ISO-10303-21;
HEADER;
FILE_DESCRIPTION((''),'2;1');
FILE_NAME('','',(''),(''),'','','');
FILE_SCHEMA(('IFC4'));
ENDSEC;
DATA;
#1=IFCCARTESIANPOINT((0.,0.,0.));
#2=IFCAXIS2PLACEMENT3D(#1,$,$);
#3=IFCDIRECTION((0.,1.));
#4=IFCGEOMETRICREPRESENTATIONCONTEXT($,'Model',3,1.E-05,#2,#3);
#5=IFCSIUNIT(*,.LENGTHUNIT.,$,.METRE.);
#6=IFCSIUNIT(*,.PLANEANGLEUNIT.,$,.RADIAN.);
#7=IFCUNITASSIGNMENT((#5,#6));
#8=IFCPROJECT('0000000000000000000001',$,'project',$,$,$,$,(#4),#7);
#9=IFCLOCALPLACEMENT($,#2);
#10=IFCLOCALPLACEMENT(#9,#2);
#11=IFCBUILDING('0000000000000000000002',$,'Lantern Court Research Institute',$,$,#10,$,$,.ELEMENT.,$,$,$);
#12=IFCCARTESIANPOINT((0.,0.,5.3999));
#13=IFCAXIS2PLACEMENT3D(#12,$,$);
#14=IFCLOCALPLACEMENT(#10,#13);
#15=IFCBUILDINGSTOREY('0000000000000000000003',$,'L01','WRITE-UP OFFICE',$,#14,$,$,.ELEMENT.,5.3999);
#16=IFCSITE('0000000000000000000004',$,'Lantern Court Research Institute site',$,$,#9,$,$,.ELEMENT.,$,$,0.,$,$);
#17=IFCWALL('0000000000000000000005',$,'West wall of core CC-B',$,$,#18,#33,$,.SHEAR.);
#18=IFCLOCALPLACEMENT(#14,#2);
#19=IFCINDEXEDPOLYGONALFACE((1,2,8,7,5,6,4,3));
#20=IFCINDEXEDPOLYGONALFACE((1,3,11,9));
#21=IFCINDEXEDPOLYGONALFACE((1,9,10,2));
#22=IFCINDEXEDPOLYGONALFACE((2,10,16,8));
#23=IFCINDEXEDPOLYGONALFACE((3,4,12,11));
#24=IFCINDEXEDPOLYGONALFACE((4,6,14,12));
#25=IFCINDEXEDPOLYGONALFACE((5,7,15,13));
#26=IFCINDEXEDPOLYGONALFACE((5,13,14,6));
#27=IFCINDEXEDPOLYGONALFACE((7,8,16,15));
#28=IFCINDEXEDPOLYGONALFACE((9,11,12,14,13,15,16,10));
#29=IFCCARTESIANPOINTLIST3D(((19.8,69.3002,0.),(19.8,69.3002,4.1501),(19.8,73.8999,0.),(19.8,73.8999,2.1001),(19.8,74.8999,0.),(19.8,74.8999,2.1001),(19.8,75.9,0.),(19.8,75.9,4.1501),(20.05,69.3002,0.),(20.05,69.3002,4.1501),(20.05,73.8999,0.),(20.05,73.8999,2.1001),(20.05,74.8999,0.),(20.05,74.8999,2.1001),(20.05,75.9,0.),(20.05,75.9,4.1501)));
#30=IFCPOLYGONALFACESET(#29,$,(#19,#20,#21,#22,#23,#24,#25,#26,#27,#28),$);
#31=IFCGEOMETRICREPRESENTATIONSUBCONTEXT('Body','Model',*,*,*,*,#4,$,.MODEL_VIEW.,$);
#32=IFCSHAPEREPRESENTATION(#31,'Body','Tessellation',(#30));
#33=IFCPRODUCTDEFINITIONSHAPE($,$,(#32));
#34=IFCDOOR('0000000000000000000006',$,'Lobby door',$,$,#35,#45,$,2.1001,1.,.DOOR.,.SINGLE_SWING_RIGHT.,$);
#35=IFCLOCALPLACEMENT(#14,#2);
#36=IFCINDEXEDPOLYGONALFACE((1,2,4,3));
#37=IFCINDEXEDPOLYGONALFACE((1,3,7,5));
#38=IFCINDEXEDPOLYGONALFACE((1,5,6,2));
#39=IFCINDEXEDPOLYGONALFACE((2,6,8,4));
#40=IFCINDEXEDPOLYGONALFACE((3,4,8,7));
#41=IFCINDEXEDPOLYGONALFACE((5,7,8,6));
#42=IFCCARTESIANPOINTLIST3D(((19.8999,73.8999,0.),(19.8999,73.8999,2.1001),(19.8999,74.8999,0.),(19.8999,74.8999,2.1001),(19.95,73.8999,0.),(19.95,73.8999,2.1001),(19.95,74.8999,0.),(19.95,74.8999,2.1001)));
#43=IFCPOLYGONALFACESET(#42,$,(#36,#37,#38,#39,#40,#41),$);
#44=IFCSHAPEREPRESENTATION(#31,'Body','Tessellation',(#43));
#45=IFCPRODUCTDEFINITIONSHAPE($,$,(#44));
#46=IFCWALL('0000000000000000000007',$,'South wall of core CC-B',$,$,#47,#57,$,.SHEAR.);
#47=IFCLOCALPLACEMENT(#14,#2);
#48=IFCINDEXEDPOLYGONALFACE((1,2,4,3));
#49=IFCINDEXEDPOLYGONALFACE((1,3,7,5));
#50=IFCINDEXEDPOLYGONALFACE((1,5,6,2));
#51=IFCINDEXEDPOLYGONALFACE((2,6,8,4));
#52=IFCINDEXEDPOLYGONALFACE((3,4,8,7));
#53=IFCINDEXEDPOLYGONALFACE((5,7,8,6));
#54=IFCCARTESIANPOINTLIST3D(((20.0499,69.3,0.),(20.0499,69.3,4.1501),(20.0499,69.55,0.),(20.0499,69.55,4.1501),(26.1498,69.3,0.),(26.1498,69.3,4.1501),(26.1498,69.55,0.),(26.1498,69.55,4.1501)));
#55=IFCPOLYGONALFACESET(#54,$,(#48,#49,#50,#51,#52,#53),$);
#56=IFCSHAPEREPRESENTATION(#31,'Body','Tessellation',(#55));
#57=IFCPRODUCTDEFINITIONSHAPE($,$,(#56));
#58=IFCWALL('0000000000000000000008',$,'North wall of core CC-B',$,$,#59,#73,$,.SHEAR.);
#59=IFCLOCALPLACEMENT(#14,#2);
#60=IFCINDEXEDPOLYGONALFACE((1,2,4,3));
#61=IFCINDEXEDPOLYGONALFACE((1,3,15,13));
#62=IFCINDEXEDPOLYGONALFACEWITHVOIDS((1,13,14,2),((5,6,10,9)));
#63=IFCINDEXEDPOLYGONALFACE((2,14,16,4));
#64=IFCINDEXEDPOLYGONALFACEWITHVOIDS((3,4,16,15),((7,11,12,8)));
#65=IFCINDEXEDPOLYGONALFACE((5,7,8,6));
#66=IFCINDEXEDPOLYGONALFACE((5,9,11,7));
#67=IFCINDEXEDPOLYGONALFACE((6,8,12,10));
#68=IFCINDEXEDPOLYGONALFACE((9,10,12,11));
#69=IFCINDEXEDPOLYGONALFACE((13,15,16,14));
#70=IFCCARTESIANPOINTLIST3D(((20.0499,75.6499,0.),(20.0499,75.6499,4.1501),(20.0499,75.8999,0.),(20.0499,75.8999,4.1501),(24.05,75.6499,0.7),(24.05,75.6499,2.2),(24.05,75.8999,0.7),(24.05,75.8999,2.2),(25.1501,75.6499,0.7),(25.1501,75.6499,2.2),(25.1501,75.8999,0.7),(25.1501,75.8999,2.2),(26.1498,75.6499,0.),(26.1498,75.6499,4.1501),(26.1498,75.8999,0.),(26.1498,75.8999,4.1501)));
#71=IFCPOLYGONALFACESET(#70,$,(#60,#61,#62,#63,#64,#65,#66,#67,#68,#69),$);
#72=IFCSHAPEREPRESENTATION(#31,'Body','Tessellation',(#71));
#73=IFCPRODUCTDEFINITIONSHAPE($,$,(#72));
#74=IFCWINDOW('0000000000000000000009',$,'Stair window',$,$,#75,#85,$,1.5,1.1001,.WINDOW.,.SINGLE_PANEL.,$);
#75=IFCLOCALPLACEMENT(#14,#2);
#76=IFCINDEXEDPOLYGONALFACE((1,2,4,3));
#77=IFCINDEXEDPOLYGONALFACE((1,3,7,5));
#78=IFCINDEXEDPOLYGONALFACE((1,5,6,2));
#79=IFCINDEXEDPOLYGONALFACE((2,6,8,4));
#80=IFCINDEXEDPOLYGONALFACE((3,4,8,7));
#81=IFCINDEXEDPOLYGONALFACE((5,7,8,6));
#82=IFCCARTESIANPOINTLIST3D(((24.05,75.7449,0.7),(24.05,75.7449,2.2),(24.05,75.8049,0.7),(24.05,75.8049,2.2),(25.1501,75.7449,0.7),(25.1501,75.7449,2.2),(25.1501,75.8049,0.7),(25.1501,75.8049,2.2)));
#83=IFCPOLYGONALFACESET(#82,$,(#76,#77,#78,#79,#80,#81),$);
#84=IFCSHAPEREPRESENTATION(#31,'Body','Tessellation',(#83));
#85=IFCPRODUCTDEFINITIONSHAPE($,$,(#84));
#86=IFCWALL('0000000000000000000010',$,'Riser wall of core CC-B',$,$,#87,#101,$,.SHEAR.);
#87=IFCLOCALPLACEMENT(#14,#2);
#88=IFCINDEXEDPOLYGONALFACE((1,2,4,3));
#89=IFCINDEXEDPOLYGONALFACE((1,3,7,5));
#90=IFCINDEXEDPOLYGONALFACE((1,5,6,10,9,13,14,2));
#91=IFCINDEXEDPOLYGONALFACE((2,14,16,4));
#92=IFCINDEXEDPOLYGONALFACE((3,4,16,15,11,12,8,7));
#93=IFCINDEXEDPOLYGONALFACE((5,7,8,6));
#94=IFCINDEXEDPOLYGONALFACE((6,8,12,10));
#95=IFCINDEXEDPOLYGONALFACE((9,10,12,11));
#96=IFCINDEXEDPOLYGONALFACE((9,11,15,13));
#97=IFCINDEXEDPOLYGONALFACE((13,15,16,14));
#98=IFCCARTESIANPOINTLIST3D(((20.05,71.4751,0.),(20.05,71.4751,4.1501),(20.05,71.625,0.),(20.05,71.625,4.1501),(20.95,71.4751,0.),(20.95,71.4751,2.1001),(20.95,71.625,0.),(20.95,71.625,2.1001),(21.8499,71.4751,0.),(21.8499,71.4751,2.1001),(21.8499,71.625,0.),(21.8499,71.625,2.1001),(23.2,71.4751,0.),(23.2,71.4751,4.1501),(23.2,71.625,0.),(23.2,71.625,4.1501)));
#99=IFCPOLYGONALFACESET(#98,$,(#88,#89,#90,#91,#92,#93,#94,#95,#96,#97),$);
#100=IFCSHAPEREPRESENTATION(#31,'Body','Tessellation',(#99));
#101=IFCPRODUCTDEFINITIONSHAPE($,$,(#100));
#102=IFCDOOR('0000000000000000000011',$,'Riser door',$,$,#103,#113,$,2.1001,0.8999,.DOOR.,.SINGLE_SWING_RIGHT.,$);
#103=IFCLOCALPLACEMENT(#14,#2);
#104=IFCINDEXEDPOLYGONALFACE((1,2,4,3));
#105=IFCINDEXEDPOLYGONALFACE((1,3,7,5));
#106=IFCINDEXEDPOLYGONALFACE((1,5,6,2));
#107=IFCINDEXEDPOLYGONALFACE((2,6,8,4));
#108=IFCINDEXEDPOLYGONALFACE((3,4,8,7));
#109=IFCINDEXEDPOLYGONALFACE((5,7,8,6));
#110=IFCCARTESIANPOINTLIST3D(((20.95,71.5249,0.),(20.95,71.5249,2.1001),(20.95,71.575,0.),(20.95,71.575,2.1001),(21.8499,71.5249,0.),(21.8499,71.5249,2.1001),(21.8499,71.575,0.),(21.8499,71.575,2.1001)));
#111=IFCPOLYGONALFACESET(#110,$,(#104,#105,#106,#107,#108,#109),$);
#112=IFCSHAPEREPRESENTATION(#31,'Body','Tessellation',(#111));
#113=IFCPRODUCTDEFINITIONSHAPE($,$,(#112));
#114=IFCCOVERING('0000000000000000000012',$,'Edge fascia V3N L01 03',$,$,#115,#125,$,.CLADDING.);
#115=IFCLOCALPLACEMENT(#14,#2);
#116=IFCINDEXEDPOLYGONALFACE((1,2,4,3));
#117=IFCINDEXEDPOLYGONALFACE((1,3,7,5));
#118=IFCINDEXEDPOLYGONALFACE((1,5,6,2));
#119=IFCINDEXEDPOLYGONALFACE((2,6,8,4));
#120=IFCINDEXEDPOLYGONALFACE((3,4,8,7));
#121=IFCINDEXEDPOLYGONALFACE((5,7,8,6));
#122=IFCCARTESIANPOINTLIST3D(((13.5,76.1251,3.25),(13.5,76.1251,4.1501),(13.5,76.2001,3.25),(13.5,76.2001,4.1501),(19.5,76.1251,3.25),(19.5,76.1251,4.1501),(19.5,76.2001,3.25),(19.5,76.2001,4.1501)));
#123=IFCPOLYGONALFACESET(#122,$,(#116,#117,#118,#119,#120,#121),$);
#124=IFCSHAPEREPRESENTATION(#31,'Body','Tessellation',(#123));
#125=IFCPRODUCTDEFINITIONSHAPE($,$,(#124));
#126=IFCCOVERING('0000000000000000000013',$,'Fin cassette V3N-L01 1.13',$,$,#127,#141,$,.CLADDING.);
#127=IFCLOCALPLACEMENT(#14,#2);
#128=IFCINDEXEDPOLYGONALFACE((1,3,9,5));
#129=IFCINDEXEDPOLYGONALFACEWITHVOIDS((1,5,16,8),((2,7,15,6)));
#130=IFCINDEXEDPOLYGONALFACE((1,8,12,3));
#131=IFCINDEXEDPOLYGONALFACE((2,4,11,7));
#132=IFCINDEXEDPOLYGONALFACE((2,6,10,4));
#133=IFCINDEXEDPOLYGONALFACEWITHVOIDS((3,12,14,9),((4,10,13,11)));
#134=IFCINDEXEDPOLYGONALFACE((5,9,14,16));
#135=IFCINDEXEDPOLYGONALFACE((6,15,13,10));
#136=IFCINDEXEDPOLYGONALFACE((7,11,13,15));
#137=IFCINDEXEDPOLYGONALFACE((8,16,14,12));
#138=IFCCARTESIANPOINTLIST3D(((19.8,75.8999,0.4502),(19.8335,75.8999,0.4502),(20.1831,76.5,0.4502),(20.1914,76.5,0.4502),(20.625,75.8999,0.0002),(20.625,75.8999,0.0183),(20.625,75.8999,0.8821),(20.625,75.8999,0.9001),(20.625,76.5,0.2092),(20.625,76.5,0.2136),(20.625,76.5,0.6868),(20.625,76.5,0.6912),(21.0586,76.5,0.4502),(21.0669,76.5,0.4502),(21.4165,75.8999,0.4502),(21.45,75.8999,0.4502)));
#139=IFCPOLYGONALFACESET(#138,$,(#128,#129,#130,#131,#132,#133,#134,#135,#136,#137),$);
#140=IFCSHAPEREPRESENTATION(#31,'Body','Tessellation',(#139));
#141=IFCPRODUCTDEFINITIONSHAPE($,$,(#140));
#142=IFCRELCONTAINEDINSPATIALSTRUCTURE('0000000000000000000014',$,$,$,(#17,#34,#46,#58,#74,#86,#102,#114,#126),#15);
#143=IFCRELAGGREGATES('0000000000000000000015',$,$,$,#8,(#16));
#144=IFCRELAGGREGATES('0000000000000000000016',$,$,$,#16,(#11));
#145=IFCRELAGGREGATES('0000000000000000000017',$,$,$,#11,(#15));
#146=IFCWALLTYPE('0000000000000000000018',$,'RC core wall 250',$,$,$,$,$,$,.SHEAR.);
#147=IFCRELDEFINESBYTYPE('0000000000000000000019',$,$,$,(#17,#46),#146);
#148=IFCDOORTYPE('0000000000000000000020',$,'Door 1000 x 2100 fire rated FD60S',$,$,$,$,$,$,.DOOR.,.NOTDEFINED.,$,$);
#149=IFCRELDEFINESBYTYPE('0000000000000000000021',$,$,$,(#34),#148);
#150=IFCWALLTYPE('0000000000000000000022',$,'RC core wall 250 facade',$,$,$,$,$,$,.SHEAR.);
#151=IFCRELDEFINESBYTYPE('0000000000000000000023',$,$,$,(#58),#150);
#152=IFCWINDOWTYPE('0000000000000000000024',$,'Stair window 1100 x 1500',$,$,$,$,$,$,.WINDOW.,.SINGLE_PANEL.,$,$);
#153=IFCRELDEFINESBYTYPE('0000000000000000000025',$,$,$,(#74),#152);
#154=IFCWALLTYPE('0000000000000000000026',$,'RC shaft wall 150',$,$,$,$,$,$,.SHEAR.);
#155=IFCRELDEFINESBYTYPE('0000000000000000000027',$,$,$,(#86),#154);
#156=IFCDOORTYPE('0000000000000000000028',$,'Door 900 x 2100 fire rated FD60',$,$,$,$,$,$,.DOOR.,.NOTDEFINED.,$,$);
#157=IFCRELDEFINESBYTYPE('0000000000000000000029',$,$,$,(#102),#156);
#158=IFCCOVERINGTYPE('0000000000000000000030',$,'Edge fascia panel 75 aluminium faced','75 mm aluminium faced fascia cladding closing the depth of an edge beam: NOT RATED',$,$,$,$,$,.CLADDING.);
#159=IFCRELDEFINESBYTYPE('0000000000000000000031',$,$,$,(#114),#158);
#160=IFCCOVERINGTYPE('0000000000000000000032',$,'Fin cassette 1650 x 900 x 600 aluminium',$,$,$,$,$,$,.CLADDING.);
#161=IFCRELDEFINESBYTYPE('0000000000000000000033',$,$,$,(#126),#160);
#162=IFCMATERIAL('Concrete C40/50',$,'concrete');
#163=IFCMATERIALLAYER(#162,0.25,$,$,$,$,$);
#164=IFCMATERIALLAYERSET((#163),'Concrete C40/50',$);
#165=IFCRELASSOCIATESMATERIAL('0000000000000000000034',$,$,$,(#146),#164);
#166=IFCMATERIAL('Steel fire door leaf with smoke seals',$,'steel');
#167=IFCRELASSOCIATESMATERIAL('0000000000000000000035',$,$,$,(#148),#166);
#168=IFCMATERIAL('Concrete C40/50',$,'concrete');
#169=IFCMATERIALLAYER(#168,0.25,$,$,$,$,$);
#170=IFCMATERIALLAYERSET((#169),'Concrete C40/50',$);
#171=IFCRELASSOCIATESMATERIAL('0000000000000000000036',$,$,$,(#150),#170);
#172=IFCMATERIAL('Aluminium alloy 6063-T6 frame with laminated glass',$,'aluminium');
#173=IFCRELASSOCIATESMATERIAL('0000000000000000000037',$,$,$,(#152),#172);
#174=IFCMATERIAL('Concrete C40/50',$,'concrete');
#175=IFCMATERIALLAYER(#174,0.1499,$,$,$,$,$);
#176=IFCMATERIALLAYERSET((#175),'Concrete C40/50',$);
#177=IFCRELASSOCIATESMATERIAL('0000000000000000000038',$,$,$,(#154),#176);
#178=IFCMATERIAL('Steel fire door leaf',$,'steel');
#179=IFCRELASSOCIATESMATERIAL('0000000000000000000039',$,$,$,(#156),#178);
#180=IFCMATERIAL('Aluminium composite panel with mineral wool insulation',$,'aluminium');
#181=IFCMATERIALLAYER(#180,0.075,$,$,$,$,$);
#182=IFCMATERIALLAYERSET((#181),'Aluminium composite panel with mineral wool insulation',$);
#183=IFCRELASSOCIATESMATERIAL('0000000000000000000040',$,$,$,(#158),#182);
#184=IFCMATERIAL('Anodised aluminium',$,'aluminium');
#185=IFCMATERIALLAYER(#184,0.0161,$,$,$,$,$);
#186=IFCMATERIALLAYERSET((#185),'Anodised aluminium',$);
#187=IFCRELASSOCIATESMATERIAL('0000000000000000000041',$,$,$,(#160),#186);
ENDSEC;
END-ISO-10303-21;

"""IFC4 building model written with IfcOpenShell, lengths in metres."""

from ifc_helpers import new_model, entity, si_unit, direction, frame, frame_2d, origin, place, context, subcontext, project, spatial, rectangle, extrude, material, layer, layer_set, type_object, element, fill, save


model = new_model("IFC4")

# Units and contexts
model_context = context("Model", 3, precision=1e-05, world=origin(), true_north=direction((0.0, 1.0)))
body_context = subcontext(model_context, "Body", "Model", "MODEL_VIEW")
ifc_project = project(units=[si_unit("LENGTHUNIT", "METRE"), si_unit("PLANEANGLEUNIT", "RADIAN")], contexts=[model_context])

# Site, building, storey
site_placement = place(None, origin())
site = spatial("IfcSite", under=ifc_project, at=site_placement, Name="Lantern Court Research Institute site", CompositionType="ELEMENT", RefElevation=0.0)
building_placement = place(site_placement, origin())
building = spatial("IfcBuilding", under=site, at=building_placement, Name="Lantern Court Research Institute", CompositionType="ELEMENT")
storey_placement = place(building_placement, frame((0.0, 0.0, 5.3999)))
storey = spatial("IfcBuildingStorey", under=building, at=storey_placement, Name="L01", Description="WRITE-UP OFFICE", CompositionType="ELEMENT", Elevation=5.3999)

# Wall, opening, door
ifc_material_1 = material(Name="Concrete C40/50", Category="concrete")
ifc_layer_1 = layer(ifc_material_1, 0.25)
ifc_layer_set_1 = layer_set([ifc_layer_1], Name="Concrete C40/50")
wall_type_1 = type_object("IfcWallType", Name="RC core wall 250", PredefinedType="SHEAR", material=ifc_layer_set_1)
wall_1_placement = place(storey_placement, frame((19.925, 75.8999, 0.0), z_axis=(0.0, 0.0, 1.0), x_axis=(0.0, -1.0, 0.0)))
wall_1 = element("IfcWall", 1, at=wall_1_placement, inside=storey, type_object=wall_type_1, Name="West wall of core CC-B", PredefinedType="SHEAR", context=body_context, shape_type="SweptSolid", body=[
    extrude(rectangle(XDim=6.5999, YDim=0.25, at=frame_2d((3.2998, 0.0))), origin(), (0.0, 0.0, 1.0), 4.1501),
])
opening_1_placement = place(wall_1_placement, frame((1.0, 0.0, 0.0)))
opening_1 = element("IfcOpeningElement", 2, at=opening_1_placement, cuts=wall_1, PredefinedType="OPENING", context=body_context, shape_type="SweptSolid", body=[
    extrude(rectangle(XDim=1.0, YDim=2.1001, at=frame_2d((0.5, 1.05))), frame((0.0, 0.135, 0.0), z_axis=(0.0, -1.0, 0.0), x_axis=(1.0, 0.0, 0.0)), (0.0, 0.0, 1.0), 0.27),
])
ifc_material_2 = material(Name="Steel fire door leaf with smoke seals", Category="steel")
door_type_1 = type_object("IfcDoorType", Name="Door 1000 x 2100 fire rated FD60S", OperationType="NOTDEFINED", PredefinedType="DOOR", material=ifc_material_2)
door_1_placement = place(opening_1_placement, origin())
door_1 = element("IfcDoor", 3, at=door_1_placement, inside=storey, type_object=door_type_1, Name="Lobby door", OperationType="SINGLE_SWING_RIGHT", OverallHeight=2.1001, OverallWidth=1.0, PredefinedType="DOOR", context=body_context, shape_type="SweptSolid", body=[
    extrude(rectangle(XDim=1.0, YDim=2.1001, at=frame_2d((0.5, 1.05))), frame((0.0, 0.0249, 0.0), z_axis=(0.0, -1.0, 0.0), x_axis=(1.0, 0.0, 0.0)), (0.0, 0.0, 1.0), 0.05),
])
fill(opening_1, door_1)

# Wall
wall_2_placement = place(storey_placement, frame((20.05, 69.425, 0.0), z_axis=(0.0, 0.0, 1.0), x_axis=(1.0, 0.0, 0.0)))
element("IfcWall", 4, at=wall_2_placement, inside=storey, type_object=wall_type_1, Name="South wall of core CC-B", PredefinedType="SHEAR", context=body_context, shape_type="SweptSolid", body=[
    extrude(rectangle(XDim=6.0999, YDim=0.25, at=frame_2d((3.0498, 0.0))), origin(), (0.0, 0.0, 1.0), 4.1501),
])

# Wall, opening, window
ifc_material_3 = material(Name="Concrete C40/50", Category="concrete")
ifc_layer_2 = layer(ifc_material_3, 0.25)
ifc_layer_set_2 = layer_set([ifc_layer_2], Name="Concrete C40/50")
wall_type_2 = type_object("IfcWallType", Name="RC core wall 250 facade", PredefinedType="SHEAR", material=ifc_layer_set_2)
wall_3_placement = place(storey_placement, frame((20.05, 75.7749, 0.0), z_axis=(0.0, 0.0, 1.0), x_axis=(1.0, 0.0, 0.0)))
wall_3 = element("IfcWall", 5, at=wall_3_placement, inside=storey, type_object=wall_type_2, Name="North wall of core CC-B", PredefinedType="SHEAR", context=body_context, shape_type="SweptSolid", body=[
    extrude(rectangle(XDim=6.0999, YDim=0.25, at=frame_2d((3.0498, 0.0))), origin(), (0.0, 0.0, 1.0), 4.1501),
])
opening_2_placement = place(wall_3_placement, frame((4.0, 0.0, 0.7)))
opening_2 = element("IfcOpeningElement", 6, at=opening_2_placement, cuts=wall_3, PredefinedType="OPENING", context=body_context, shape_type="SweptSolid", body=[
    extrude(rectangle(XDim=1.1001, YDim=1.5, at=frame_2d((0.55, 0.75))), frame((0.0, 0.135, 0.0), z_axis=(0.0, -1.0, 0.0), x_axis=(1.0, 0.0, 0.0)), (0.0, 0.0, 1.0), 0.27),
])
ifc_material_4 = material(Name="Aluminium alloy 6063-T6 frame with laminated glass", Category="aluminium")
window_type_1 = type_object("IfcWindowType", Name="Stair window 1100 x 1500", PartitioningType="SINGLE_PANEL", PredefinedType="WINDOW", material=ifc_material_4)
window_1_placement = place(opening_2_placement, origin())
window_1 = element("IfcWindow", 7, at=window_1_placement, inside=storey, type_object=window_type_1, Name="Stair window", OverallHeight=1.5, OverallWidth=1.1001, PartitioningType="SINGLE_PANEL", PredefinedType="WINDOW", context=body_context, shape_type="SweptSolid", body=[
    extrude(rectangle(XDim=1.1001, YDim=1.5, at=frame_2d((0.55, 0.75))), frame((0.0, 0.03, 0.0), z_axis=(0.0, -1.0, 0.0), x_axis=(1.0, 0.0, 0.0)), (0.0, 0.0, 1.0), 0.0601),
])
fill(opening_2, window_1)

# Wall, opening, door
ifc_material_5 = material(Name="Concrete C40/50", Category="concrete")
ifc_layer_3 = layer(ifc_material_5, 0.1499)
ifc_layer_set_3 = layer_set([ifc_layer_3], Name="Concrete C40/50")
wall_type_3 = type_object("IfcWallType", Name="RC shaft wall 150", PredefinedType="SHEAR", material=ifc_layer_set_3)
wall_4_placement = place(storey_placement, frame((20.05, 71.55, 0.0), z_axis=(0.0, 0.0, 1.0), x_axis=(1.0, 0.0, 0.0)))
wall_4 = element("IfcWall", 8, at=wall_4_placement, inside=storey, type_object=wall_type_3, Name="Riser wall of core CC-B", PredefinedType="SHEAR", context=body_context, shape_type="SweptSolid", body=[
    extrude(rectangle(XDim=3.1499, YDim=0.1499, at=frame_2d((1.575, 0.0))), origin(), (0.0, 0.0, 1.0), 4.1501),
])
opening_3_placement = place(wall_4_placement, frame((0.8999, 0.0, 0.0)))
opening_3 = element("IfcOpeningElement", 9, at=opening_3_placement, cuts=wall_4, PredefinedType="OPENING", context=body_context, shape_type="SweptSolid", body=[
    extrude(rectangle(XDim=0.8999, YDim=2.1001, at=frame_2d((0.45, 1.05))), frame((0.0, 0.085, 0.0), z_axis=(0.0, -1.0, 0.0), x_axis=(1.0, 0.0, 0.0)), (0.0, 0.0, 1.0), 0.1699),
])
ifc_material_6 = material(Name="Steel fire door leaf", Category="steel")
door_type_2 = type_object("IfcDoorType", Name="Door 900 x 2100 fire rated FD60", OperationType="NOTDEFINED", PredefinedType="DOOR", material=ifc_material_6)
door_2_placement = place(opening_3_placement, origin())
door_2 = element("IfcDoor", 10, at=door_2_placement, inside=storey, type_object=door_type_2, Name="Riser door", OperationType="SINGLE_SWING_RIGHT", OverallHeight=2.1001, OverallWidth=0.8999, PredefinedType="DOOR", context=body_context, shape_type="SweptSolid", body=[
    extrude(rectangle(XDim=0.8999, YDim=2.1001, at=frame_2d((0.45, 1.05))), frame((0.0, 0.0249, 0.0), z_axis=(0.0, -1.0, 0.0), x_axis=(1.0, 0.0, 0.0)), (0.0, 0.0, 1.0), 0.05),
])
fill(opening_3, door_2)

# Coverings
ifc_material_7 = material(Name="Aluminium composite panel with mineral wool insulation", Category="aluminium")
ifc_layer_4 = layer(ifc_material_7, 0.075)
ifc_layer_set_4 = layer_set([ifc_layer_4], Name="Aluminium composite panel with mineral wool insulation")
covering_type_1 = type_object("IfcCoveringType", Name="Edge fascia panel 75 aluminium faced", Description="75 mm aluminium faced fascia cladding closing the depth of an edge beam: NOT RATED", PredefinedType="CLADDING", material=ifc_layer_set_4)
covering_1_placement = place(storey_placement, frame((13.5, 76.1626, 3.25), z_axis=(0.0, 0.0, 1.0), x_axis=(1.0, 0.0, 0.0)))
element("IfcCovering", 11, at=covering_1_placement, inside=storey, type_object=covering_type_1, Name="Edge fascia V3N L01 03", PredefinedType="CLADDING", context=body_context, shape_type="SweptSolid", body=[
    extrude(rectangle(XDim=6.0, YDim=0.075, at=frame_2d((3.0, 0.0))), origin(), (0.0, 0.0, 1.0), 0.9001),
])
ifc_material_8 = material(Name="Anodised aluminium", Category="aluminium")
ifc_layer_5 = layer(ifc_material_8, 0.0161)
ifc_layer_set_5 = layer_set([ifc_layer_5], Name="Anodised aluminium")
covering_type_2 = type_object("IfcCoveringType", Name="Fin cassette 1650 x 900 x 600 aluminium", PredefinedType="CLADDING", material=ifc_layer_set_5)
covering_2_placement = place(storey_placement, frame((20.625, 75.8999, 0.4502), z_axis=(0.0, 1.0, 0.0), x_axis=(-1.0, 0.0, 0.0)))
cartesian_point_1 = entity("IfcCartesianPoint", [0.825, 0.0])
cartesian_point_2 = entity("IfcCartesianPoint", [0.7915, 0.0])
cartesian_point_3 = entity("IfcCartesianPoint", [0.4419, 0.0])
cartesian_point_4 = entity("IfcCartesianPoint", [0.4336, 0.0])
element("IfcCovering", 12, at=covering_2_placement, inside=storey, type_object=covering_type_2, Name="Fin cassette V3N-L01 1.13", PredefinedType="CLADDING", context=body_context, shape_type="SweptSolid", body=[
    entity("IfcExtrudedAreaSolidTapered", entity("IfcArbitraryProfileDefWithVoids", "AREA", None, entity("IfcPolyline", [cartesian_point_1, entity("IfcCartesianPoint", [0.0, 0.45]), entity("IfcCartesianPoint", [-0.825, 0.0]), entity("IfcCartesianPoint", [0.0, -0.45]), cartesian_point_1]), [entity("IfcPolyline", [cartesian_point_2, entity("IfcCartesianPoint", [0.0, 0.4319]), entity("IfcCartesianPoint", [-0.7915, 0.0]), entity("IfcCartesianPoint", [0.0, -0.4319]), cartesian_point_2])]), entity("IfcAxis2Placement3D", entity("IfcCartesianPoint", [0.0, 0.0, 0.0])), entity("IfcDirection", [0.0, 0.0, 1.0]), 0.6001, entity("IfcArbitraryProfileDefWithVoids", "AREA", None, entity("IfcPolyline", [cartesian_point_3, entity("IfcCartesianPoint", [0.0, 0.241]), entity("IfcCartesianPoint", [-0.4419, 0.0]), entity("IfcCartesianPoint", [0.0, -0.241]), cartesian_point_3]), [entity("IfcPolyline", [cartesian_point_4, entity("IfcCartesianPoint", [0.0, 0.2366]), entity("IfcCartesianPoint", [-0.4336, 0.0]), entity("IfcCartesianPoint", [0.0, -0.2366]), cartesian_point_4])])),
])

save(model, "model.ifc")
